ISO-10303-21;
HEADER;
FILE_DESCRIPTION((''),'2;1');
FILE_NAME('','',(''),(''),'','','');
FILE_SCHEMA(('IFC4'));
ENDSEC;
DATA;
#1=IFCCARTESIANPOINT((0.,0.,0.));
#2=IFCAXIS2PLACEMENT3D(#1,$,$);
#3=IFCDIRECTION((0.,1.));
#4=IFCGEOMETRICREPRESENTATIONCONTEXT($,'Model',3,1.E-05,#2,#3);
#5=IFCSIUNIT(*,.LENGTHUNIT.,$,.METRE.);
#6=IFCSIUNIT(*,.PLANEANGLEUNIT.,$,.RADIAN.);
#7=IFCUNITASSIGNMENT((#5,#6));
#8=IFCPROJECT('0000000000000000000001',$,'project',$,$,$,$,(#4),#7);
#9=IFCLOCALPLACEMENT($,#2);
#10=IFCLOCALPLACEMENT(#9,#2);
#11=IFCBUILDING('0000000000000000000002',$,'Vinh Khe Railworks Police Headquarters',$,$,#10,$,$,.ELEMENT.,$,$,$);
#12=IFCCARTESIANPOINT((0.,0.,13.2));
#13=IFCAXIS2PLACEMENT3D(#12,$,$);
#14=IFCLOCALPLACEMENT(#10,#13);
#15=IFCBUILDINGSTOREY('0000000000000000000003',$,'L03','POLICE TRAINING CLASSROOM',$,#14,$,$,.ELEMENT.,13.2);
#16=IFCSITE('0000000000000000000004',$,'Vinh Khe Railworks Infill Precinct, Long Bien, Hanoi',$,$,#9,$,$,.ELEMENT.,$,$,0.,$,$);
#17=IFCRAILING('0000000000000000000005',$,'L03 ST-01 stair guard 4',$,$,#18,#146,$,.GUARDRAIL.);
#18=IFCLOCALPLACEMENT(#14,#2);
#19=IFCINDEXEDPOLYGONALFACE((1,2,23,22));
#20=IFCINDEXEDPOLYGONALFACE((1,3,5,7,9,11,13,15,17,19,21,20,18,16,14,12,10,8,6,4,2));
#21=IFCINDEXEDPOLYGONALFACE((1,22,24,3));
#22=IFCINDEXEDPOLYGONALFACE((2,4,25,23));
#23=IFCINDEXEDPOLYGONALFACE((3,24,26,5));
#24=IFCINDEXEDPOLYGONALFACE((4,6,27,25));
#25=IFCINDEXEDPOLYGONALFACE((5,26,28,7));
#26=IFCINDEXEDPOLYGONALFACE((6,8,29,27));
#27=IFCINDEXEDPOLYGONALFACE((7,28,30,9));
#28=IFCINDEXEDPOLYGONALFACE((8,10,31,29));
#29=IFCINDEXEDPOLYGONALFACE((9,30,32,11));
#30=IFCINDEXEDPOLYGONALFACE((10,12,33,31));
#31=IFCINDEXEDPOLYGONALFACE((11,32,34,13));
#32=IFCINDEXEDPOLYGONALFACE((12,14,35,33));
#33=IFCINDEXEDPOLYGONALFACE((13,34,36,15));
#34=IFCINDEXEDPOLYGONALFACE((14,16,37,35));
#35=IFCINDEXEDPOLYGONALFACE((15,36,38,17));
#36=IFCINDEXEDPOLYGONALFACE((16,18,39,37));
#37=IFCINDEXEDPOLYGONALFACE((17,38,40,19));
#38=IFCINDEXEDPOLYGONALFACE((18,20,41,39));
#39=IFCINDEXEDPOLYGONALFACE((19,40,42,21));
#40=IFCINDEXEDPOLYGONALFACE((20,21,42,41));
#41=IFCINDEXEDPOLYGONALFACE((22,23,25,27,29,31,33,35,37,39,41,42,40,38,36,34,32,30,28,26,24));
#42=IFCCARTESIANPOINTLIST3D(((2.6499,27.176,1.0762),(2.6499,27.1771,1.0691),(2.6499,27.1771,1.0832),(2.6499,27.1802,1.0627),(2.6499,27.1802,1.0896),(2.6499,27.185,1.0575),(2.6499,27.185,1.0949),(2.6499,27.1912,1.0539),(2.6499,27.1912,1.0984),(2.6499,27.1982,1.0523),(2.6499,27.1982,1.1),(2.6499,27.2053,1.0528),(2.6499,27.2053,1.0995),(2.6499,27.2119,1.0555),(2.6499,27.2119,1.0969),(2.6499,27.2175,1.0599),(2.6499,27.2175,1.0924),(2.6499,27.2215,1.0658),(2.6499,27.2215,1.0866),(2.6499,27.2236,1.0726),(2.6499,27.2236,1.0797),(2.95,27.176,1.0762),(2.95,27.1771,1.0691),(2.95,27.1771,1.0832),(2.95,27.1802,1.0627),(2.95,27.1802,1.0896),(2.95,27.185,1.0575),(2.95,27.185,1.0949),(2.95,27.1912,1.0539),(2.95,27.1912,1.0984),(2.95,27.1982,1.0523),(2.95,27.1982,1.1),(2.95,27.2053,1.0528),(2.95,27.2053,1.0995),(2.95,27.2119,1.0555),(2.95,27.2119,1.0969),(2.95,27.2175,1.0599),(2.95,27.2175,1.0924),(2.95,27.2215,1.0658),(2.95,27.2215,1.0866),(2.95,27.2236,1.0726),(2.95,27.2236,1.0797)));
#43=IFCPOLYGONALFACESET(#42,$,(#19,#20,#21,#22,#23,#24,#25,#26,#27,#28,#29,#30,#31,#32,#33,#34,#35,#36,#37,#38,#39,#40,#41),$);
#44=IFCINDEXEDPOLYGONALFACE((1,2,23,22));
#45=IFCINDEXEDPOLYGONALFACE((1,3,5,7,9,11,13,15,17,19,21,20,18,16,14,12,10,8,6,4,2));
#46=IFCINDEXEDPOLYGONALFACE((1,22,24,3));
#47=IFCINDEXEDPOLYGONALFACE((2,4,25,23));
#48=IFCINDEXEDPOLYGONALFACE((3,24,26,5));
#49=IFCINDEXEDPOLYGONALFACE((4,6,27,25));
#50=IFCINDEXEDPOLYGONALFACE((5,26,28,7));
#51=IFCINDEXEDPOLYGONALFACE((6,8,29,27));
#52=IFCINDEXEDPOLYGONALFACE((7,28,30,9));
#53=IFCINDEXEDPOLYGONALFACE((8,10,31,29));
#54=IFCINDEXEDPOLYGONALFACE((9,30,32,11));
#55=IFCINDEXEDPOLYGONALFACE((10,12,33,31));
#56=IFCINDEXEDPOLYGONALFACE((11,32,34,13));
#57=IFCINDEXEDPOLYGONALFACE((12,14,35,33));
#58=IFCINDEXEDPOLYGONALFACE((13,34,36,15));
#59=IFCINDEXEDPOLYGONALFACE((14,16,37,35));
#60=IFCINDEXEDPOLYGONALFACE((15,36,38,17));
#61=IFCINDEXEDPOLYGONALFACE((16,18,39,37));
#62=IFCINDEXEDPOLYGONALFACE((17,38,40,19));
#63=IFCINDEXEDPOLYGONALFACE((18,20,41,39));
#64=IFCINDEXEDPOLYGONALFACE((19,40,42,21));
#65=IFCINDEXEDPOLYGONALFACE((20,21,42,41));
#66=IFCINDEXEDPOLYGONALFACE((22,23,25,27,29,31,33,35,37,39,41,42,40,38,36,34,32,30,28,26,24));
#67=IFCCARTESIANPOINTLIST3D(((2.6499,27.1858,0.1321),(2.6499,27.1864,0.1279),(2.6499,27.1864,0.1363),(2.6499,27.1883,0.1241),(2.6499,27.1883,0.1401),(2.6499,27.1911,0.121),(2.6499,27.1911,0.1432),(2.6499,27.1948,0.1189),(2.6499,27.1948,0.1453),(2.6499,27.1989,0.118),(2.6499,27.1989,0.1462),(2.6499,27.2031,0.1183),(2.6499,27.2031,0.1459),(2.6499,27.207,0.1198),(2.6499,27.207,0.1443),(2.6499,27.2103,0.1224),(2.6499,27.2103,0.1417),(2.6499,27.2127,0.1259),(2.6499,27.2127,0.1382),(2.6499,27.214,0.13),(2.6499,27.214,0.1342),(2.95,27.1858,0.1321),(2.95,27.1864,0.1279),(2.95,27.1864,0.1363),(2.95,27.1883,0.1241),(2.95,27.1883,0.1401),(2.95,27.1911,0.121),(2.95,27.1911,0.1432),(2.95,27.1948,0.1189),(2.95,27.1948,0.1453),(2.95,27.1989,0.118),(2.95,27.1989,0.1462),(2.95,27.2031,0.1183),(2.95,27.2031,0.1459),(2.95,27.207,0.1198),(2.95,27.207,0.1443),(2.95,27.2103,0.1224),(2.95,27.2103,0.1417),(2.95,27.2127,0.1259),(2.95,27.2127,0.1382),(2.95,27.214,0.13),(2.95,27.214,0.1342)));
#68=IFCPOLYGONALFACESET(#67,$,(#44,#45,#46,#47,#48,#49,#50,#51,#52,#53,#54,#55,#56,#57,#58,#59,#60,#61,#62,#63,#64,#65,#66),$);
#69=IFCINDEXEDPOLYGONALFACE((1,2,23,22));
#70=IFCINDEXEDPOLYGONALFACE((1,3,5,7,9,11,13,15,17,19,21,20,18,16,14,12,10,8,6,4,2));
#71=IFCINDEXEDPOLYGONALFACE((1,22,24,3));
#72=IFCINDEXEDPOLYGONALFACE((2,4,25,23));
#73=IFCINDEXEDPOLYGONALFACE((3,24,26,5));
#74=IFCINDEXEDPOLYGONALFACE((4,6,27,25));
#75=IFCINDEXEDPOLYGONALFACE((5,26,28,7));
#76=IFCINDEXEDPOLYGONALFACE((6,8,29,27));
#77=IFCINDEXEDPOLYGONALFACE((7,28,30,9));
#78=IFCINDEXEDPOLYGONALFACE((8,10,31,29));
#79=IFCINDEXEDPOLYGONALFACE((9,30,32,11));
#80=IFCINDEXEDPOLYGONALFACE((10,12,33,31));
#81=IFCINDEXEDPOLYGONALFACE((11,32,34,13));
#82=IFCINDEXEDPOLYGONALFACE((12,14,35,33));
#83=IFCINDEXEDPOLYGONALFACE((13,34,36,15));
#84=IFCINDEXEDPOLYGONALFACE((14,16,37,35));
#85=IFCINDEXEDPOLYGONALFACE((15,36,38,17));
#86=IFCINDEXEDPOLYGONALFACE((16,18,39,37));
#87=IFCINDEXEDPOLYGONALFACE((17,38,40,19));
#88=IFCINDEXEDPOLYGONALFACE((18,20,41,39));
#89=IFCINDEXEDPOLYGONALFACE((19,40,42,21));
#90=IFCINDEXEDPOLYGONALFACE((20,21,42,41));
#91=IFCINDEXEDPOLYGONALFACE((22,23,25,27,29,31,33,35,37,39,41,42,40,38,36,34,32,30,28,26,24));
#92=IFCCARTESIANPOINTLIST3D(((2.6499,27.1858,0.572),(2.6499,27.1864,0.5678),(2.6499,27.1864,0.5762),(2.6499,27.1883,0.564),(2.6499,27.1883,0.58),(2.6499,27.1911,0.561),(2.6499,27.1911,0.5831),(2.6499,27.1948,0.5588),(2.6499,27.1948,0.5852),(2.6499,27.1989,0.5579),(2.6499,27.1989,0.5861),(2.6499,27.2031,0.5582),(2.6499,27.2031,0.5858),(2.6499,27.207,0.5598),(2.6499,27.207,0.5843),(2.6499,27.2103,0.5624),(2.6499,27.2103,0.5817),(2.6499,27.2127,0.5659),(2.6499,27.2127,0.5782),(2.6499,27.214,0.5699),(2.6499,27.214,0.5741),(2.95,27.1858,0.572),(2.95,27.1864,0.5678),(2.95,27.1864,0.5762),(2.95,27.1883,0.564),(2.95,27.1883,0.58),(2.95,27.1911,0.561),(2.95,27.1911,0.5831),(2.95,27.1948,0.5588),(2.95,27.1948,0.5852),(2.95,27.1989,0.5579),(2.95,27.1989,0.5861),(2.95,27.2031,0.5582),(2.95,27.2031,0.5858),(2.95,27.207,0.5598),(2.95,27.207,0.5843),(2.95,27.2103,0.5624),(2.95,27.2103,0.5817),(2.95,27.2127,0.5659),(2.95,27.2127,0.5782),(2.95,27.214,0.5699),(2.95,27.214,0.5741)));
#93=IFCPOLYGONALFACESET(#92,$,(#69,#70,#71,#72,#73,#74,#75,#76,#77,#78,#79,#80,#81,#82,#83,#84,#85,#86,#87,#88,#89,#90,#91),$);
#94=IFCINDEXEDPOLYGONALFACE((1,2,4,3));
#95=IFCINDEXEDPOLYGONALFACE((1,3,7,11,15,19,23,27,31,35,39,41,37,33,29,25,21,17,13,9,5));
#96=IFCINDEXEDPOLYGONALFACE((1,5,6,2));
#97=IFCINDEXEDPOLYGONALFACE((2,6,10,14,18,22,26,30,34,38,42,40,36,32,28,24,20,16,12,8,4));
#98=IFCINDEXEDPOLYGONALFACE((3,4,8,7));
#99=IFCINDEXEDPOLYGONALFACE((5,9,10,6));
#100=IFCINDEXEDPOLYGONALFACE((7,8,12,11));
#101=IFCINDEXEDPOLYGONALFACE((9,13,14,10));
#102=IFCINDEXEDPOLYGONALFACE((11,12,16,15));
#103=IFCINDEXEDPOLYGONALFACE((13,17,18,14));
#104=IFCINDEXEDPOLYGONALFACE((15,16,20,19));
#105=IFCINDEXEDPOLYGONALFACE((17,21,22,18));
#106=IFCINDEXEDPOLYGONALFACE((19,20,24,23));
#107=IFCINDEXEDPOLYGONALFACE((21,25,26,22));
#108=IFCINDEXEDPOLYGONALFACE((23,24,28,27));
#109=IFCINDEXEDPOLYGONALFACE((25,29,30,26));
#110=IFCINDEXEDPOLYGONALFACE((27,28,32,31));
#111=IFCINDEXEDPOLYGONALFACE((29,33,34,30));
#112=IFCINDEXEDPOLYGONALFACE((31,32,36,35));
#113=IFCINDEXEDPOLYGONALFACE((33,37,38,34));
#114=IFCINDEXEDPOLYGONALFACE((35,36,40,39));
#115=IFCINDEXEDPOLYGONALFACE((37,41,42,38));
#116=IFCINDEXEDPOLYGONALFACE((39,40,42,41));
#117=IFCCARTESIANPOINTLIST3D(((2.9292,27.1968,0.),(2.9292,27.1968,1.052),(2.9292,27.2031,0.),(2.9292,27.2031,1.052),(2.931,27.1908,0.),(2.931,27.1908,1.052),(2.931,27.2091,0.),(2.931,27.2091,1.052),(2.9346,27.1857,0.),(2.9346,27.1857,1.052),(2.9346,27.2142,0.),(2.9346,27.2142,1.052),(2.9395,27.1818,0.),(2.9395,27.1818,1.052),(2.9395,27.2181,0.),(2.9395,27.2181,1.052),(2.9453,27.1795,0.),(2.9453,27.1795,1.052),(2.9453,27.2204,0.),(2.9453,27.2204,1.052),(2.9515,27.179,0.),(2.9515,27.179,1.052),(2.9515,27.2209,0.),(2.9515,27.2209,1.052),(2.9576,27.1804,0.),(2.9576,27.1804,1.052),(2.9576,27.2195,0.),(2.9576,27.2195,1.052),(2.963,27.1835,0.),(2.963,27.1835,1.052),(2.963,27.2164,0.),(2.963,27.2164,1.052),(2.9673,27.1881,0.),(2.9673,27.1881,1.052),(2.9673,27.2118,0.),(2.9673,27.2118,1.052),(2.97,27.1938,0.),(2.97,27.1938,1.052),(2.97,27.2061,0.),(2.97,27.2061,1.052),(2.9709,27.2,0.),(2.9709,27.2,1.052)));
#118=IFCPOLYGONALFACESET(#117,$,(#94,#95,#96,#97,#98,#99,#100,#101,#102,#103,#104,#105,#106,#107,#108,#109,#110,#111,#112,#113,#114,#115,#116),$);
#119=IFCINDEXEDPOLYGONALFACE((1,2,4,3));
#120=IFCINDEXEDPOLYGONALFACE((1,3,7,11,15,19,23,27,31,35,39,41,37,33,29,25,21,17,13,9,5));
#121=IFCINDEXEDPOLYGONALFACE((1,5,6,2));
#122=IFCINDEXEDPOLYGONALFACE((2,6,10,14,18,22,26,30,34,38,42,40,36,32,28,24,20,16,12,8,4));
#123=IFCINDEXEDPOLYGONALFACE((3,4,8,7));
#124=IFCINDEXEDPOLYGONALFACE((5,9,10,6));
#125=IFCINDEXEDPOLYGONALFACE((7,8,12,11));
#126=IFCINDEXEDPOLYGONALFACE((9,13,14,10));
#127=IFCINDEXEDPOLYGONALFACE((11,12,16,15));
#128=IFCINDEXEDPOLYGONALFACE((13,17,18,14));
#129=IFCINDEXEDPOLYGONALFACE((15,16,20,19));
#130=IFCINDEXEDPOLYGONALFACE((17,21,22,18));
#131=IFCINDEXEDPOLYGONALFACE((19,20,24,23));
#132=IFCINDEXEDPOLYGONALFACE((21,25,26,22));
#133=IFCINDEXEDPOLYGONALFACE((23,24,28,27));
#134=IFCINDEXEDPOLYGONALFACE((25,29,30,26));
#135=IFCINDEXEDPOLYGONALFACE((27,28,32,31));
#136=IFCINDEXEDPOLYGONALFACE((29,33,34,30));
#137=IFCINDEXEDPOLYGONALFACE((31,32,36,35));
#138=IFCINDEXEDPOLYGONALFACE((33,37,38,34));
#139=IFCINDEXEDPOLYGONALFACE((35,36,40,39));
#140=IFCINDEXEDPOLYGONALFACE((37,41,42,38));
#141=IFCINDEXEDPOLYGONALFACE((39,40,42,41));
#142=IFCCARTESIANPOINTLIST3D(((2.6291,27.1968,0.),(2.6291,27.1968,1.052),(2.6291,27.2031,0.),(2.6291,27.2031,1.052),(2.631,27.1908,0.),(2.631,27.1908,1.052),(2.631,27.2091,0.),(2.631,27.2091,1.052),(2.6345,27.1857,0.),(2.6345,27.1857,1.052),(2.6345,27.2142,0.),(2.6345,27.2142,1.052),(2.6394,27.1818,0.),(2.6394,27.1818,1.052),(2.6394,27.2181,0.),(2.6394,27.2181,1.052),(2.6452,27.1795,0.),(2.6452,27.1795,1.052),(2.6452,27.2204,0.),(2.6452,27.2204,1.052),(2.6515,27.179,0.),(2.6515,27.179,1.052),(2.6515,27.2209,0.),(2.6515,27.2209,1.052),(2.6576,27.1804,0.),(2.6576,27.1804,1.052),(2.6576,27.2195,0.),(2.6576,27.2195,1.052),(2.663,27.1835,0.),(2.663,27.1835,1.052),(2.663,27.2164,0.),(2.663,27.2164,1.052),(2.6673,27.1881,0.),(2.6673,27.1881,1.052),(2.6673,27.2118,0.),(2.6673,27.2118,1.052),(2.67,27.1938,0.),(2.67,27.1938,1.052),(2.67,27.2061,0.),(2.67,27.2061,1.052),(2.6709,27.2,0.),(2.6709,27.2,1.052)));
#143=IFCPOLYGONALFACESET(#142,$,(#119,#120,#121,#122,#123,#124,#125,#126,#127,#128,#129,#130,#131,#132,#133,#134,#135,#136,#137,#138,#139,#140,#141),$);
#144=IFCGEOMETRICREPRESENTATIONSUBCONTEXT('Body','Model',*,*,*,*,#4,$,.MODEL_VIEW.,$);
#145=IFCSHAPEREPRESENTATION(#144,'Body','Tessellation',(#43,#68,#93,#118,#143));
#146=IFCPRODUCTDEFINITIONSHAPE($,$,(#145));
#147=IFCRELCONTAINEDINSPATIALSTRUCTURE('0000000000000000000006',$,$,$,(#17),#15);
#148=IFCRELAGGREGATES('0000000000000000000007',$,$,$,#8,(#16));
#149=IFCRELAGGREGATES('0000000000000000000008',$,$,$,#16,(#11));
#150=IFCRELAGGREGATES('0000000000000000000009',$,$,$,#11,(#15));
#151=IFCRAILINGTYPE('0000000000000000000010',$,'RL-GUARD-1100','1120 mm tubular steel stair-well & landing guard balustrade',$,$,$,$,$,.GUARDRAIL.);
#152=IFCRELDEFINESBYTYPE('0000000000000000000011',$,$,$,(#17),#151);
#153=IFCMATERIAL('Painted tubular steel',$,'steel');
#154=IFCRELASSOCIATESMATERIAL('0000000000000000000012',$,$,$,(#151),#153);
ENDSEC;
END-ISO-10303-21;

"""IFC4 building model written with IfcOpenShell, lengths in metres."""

from ifc_helpers import new_model, si_unit, direction, frame, origin, origin_2d, place, context, subcontext, project, spatial, circle, extrude, material, type_object, element, save


model = new_model("IFC4")

# Units and contexts
model_context = context("Model", 3, precision=1e-05, world=origin(), true_north=direction((0.0, 1.0)))
body_context = subcontext(model_context, "Body", "Model", "MODEL_VIEW")
ifc_project = project(units=[si_unit("LENGTHUNIT", "METRE"), si_unit("PLANEANGLEUNIT", "RADIAN")], contexts=[model_context])

# Site, building, storey
site_placement = place(None, origin())
site = spatial("IfcSite", under=ifc_project, at=site_placement, Name="Vinh Khe Railworks Infill Precinct, Long Bien, Hanoi", CompositionType="ELEMENT", RefElevation=0.0)
building_placement = place(site_placement, origin())
building = spatial("IfcBuilding", under=site, at=building_placement, Name="Vinh Khe Railworks Police Headquarters", CompositionType="ELEMENT")
storey_placement = place(building_placement, frame((0.0, 0.0, 13.2)))
storey = spatial("IfcBuildingStorey", under=building, at=storey_placement, Name="L03", Description="POLICE TRAINING CLASSROOM", CompositionType="ELEMENT", Elevation=13.2)

# Railing
ifc_material_1 = material(Name="Painted tubular steel", Category="steel")
railing_type_1 = type_object("IfcRailingType", Name="RL-GUARD-1100", Description="1120 mm tubular steel stair-well & landing guard balustrade", PredefinedType="GUARDRAIL", material=ifc_material_1)
railing_1_placement = place(storey_placement, frame((2.95, 27.2, 0.0)))
element("IfcRailing", 1, at=railing_1_placement, inside=storey, type_object=railing_type_1, Name="L03 ST-01 stair guard 4", PredefinedType="GUARDRAIL", context=body_context, shape_type="SweptSolid", body=[
    extrude(circle(Radius=0.0239, at=origin_2d()), frame((0.0, 0.0, 1.0762), z_axis=(-1.0, 0.0, 0.0), x_axis=(0.0, -1.0, 0.0)), (0.0, 0.0, 1.0), 0.3),
    extrude(circle(Radius=0.0142, at=origin_2d()), frame((0.0, 0.0, 0.1321), z_axis=(-1.0, 0.0, 0.0), x_axis=(0.0, -1.0, 0.0)), (0.0, 0.0, 1.0), 0.3),
    extrude(circle(Radius=0.0142, at=origin_2d()), frame((0.0, 0.0, 0.572), z_axis=(-1.0, 0.0, 0.0), x_axis=(0.0, -1.0, 0.0)), (0.0, 0.0, 1.0), 0.3),
    extrude(circle(Radius=0.021, at=origin_2d()), origin(), (0.0, 0.0, 1.0), 1.052),
    extrude(circle(Radius=0.021, at=origin_2d()), frame((-0.3, 0.0, 0.0)), (0.0, 0.0, 1.0), 1.052),
])

save(model, "model.ifc")
